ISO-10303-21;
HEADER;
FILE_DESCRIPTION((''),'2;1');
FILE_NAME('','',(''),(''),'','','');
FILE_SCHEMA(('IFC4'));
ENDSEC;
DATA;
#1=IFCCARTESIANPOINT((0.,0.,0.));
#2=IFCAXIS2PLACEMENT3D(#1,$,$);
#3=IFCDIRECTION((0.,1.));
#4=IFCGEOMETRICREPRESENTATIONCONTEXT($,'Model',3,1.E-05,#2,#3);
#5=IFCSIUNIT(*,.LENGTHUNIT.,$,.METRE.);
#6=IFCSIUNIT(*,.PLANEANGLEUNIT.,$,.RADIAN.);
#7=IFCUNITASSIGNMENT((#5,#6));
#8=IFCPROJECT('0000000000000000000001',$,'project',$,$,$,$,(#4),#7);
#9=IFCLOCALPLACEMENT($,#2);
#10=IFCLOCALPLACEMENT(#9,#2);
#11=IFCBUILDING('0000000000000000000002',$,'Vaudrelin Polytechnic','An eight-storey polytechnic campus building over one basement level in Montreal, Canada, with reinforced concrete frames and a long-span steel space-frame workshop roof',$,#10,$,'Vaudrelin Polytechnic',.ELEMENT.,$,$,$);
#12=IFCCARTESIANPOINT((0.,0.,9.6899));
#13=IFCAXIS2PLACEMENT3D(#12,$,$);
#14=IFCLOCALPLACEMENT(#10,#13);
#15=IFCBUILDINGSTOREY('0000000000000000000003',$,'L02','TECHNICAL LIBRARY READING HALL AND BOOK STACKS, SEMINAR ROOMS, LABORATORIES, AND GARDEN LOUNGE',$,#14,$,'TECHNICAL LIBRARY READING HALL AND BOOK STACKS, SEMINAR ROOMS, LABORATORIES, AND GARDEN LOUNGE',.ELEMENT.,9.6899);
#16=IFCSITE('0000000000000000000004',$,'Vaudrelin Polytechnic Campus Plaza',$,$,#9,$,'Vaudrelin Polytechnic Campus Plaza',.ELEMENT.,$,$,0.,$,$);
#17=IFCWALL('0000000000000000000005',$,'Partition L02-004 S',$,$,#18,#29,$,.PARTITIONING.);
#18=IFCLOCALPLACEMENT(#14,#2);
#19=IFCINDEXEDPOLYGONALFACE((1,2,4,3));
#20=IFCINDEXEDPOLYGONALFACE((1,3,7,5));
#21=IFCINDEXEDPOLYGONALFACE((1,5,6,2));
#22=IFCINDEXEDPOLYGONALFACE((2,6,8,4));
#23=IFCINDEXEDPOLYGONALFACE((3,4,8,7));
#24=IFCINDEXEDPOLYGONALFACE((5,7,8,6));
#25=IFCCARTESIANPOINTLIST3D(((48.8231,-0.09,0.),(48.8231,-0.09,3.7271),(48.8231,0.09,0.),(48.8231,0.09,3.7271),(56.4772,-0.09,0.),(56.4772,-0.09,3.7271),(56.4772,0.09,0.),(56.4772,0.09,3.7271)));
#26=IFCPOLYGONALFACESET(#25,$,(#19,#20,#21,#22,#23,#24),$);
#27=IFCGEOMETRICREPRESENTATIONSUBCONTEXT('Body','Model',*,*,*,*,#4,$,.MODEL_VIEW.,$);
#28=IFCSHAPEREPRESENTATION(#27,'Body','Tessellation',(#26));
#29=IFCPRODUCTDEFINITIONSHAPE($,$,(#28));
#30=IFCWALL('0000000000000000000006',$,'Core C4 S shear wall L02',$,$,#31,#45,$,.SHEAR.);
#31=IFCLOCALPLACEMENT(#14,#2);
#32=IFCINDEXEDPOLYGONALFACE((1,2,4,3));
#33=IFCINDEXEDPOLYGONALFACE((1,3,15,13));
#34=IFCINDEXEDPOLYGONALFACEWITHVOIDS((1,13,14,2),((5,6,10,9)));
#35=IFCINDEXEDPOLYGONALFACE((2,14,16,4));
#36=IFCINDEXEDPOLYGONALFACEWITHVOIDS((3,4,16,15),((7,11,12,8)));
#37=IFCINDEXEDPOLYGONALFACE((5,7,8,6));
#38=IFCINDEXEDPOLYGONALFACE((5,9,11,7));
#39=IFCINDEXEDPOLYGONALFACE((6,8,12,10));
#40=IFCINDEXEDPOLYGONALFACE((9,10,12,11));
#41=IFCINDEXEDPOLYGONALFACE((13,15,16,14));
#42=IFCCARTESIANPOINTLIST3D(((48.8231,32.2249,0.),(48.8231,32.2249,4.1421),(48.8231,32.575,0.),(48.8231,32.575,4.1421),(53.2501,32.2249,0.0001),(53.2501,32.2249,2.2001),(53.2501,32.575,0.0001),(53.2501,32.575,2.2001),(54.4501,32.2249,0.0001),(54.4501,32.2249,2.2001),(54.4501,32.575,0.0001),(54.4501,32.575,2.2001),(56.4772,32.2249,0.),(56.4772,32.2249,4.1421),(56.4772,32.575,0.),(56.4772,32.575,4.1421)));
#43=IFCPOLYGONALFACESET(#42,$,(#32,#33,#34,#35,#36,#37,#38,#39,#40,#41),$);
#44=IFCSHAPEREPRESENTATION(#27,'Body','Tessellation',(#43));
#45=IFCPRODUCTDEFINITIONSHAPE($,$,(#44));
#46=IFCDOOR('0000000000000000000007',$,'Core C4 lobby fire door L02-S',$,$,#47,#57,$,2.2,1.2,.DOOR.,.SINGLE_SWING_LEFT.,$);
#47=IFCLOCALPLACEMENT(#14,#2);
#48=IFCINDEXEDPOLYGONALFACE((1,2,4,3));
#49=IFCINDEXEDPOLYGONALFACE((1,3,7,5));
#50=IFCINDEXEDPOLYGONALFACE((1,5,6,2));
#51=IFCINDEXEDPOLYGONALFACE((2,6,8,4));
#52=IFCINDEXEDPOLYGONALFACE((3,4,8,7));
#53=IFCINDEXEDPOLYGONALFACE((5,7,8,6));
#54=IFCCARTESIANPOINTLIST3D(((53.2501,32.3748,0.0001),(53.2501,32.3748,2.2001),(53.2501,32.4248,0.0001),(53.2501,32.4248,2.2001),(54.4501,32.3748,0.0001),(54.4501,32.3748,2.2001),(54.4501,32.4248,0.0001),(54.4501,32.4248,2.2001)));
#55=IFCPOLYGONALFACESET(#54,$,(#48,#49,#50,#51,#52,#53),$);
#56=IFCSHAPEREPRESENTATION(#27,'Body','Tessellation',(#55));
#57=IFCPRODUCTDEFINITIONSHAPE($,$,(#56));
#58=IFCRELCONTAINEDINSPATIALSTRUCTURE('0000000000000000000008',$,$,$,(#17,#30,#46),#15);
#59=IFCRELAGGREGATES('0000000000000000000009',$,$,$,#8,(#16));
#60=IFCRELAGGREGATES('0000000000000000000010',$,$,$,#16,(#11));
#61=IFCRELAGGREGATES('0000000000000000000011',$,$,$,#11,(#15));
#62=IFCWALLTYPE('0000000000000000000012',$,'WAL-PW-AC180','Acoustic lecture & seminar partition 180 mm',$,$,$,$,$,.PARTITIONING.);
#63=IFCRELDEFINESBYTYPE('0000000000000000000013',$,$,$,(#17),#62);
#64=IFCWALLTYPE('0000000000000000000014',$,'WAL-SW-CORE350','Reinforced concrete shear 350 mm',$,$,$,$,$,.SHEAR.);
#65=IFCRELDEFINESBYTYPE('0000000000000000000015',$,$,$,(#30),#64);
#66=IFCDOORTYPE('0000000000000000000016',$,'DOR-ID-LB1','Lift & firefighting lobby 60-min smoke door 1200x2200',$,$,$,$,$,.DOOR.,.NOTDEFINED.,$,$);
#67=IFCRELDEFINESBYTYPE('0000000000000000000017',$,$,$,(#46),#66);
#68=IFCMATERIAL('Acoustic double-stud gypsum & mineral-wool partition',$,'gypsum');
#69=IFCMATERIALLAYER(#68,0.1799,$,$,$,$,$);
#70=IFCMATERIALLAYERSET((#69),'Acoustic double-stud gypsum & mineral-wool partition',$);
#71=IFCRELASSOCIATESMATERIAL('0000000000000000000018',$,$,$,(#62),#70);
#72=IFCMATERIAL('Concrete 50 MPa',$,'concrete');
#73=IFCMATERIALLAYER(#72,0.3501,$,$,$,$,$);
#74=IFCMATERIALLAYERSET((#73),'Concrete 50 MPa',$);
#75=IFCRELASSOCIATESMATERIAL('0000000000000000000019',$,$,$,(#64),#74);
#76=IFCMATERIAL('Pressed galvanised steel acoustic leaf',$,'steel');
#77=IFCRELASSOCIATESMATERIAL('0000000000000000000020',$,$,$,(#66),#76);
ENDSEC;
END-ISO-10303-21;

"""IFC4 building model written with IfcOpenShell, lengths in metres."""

from ifc_helpers import new_model, si_unit, direction, frame, frame_2d, origin, place, context, subcontext, project, spatial, rectangle, extrude, material, layer, layer_set, type_object, element, fill, save


model = new_model("IFC4")

# Units and contexts
model_context = context("Model", 3, precision=1e-05, world=origin(), true_north=direction((0.0, 1.0)))
body_context = subcontext(model_context, "Body", "Model", "MODEL_VIEW")
ifc_project = project(units=[si_unit("LENGTHUNIT", "METRE"), si_unit("PLANEANGLEUNIT", "RADIAN")], contexts=[model_context])

# Site, building, storey
site_placement = place(None, origin())
site = spatial("IfcSite", under=ifc_project, at=site_placement, Name="Vaudrelin Polytechnic Campus Plaza", LongName="Vaudrelin Polytechnic Campus Plaza", CompositionType="ELEMENT", RefElevation=0.0)
building_placement = place(site_placement, origin())
building = spatial("IfcBuilding", under=site, at=building_placement, Name="Vaudrelin Polytechnic", Description="An eight-storey polytechnic campus building over one basement level in Montreal, Canada, with reinforced concrete frames and a long-span steel space-frame workshop roof", LongName="Vaudrelin Polytechnic", CompositionType="ELEMENT")
storey_placement = place(building_placement, frame((0.0, 0.0, 9.6899)))
storey = spatial("IfcBuildingStorey", under=building, at=storey_placement, Name="L02", Description="TECHNICAL LIBRARY READING HALL AND BOOK STACKS, SEMINAR ROOMS, LABORATORIES, AND GARDEN LOUNGE", LongName="TECHNICAL LIBRARY READING HALL AND BOOK STACKS, SEMINAR ROOMS, LABORATORIES, AND GARDEN LOUNGE", CompositionType="ELEMENT", Elevation=9.6899)

# Shared definitions
ifc_material_1 = material(Name="Acoustic double-stud gypsum & mineral-wool partition", Category="gypsum")
ifc_layer_1 = layer(ifc_material_1, 0.1799)
ifc_layer_set_1 = layer_set([ifc_layer_1], Name="Acoustic double-stud gypsum & mineral-wool partition")
wall_type_1 = type_object("IfcWallType", Name="WAL-PW-AC180", Description="Acoustic lecture & seminar partition 180 mm", PredefinedType="PARTITIONING", material=ifc_layer_set_1)

# Wall
wall_1_placement = place(storey_placement, frame((48.823, 0.0, 0.0), z_axis=(0.0, 0.0, 1.0), x_axis=(1.0, 0.0, 0.0)))
element("IfcWall", 1, at=wall_1_placement, inside=storey, type_object=wall_type_1, Name="Partition L02-004 S", PredefinedType="PARTITIONING", context=body_context, shape_type="SweptSolid", body=[
    extrude(rectangle(XDim=7.6541, YDim=0.1799, at=frame_2d((3.8271, 0.0))), origin(), (0.0, 0.0, 1.0), 3.7271),
])

# Wall, opening, door
ifc_material_2 = material(Name="Concrete 50 MPa", Category="concrete")
ifc_layer_2 = layer(ifc_material_2, 0.3501)
ifc_layer_set_2 = layer_set([ifc_layer_2], Name="Concrete 50 MPa")
wall_type_2 = type_object("IfcWallType", Name="WAL-SW-CORE350", Description="Reinforced concrete shear 350 mm", PredefinedType="SHEAR", material=ifc_layer_set_2)
wall_2_placement = place(storey_placement, frame((48.823, 32.3999, 0.0), z_axis=(0.0, 0.0, 1.0), x_axis=(1.0, 0.0, 0.0)))
wall_2 = element("IfcWall", 2, at=wall_2_placement, inside=storey, type_object=wall_type_2, Name="Core C4 S shear wall L02", PredefinedType="SHEAR", context=body_context, shape_type="SweptSolid", body=[
    extrude(rectangle(XDim=7.6541, YDim=0.3501, at=frame_2d((3.8271, 0.0))), origin(), (0.0, 0.0, 1.0), 4.1421),
])
opening_1_placement = place(wall_2_placement, frame((4.427, 0.0, 0.0)))
opening_1 = element("IfcOpeningElement", 3, at=opening_1_placement, cuts=wall_2, PredefinedType="OPENING", context=body_context, shape_type="SweptSolid", body=[
    extrude(rectangle(XDim=1.2, YDim=2.2, at=frame_2d((0.6001, 1.1001))), frame((0.0, 0.1851, 0.0), z_axis=(0.0, -1.0, 0.0), x_axis=(1.0, 0.0, 0.0)), (0.0, 0.0, 1.0), 0.3701),
])
ifc_material_3 = material(Name="Pressed galvanised steel acoustic leaf", Category="steel")
door_type_1 = type_object("IfcDoorType", Name="DOR-ID-LB1", Description="Lift & firefighting lobby 60-min smoke door 1200x2200", OperationType="NOTDEFINED", PredefinedType="DOOR", material=ifc_material_3)
door_1_placement = place(opening_1_placement, origin())
door_1 = element("IfcDoor", 4, at=door_1_placement, inside=storey, type_object=door_type_1, Name="Core C4 lobby fire door L02-S", OperationType="SINGLE_SWING_LEFT", OverallHeight=2.2, OverallWidth=1.2, PredefinedType="DOOR", context=body_context, shape_type="SweptSolid", body=[
    extrude(rectangle(XDim=1.2, YDim=2.2, at=frame_2d((0.6001, 1.1001))), frame((0.0, 0.0249, 0.0), z_axis=(0.0, -1.0, 0.0), x_axis=(1.0, 0.0, 0.0)), (0.0, 0.0, 1.0), 0.05),
])
fill(opening_1, door_1)

save(model, "model.ifc")
